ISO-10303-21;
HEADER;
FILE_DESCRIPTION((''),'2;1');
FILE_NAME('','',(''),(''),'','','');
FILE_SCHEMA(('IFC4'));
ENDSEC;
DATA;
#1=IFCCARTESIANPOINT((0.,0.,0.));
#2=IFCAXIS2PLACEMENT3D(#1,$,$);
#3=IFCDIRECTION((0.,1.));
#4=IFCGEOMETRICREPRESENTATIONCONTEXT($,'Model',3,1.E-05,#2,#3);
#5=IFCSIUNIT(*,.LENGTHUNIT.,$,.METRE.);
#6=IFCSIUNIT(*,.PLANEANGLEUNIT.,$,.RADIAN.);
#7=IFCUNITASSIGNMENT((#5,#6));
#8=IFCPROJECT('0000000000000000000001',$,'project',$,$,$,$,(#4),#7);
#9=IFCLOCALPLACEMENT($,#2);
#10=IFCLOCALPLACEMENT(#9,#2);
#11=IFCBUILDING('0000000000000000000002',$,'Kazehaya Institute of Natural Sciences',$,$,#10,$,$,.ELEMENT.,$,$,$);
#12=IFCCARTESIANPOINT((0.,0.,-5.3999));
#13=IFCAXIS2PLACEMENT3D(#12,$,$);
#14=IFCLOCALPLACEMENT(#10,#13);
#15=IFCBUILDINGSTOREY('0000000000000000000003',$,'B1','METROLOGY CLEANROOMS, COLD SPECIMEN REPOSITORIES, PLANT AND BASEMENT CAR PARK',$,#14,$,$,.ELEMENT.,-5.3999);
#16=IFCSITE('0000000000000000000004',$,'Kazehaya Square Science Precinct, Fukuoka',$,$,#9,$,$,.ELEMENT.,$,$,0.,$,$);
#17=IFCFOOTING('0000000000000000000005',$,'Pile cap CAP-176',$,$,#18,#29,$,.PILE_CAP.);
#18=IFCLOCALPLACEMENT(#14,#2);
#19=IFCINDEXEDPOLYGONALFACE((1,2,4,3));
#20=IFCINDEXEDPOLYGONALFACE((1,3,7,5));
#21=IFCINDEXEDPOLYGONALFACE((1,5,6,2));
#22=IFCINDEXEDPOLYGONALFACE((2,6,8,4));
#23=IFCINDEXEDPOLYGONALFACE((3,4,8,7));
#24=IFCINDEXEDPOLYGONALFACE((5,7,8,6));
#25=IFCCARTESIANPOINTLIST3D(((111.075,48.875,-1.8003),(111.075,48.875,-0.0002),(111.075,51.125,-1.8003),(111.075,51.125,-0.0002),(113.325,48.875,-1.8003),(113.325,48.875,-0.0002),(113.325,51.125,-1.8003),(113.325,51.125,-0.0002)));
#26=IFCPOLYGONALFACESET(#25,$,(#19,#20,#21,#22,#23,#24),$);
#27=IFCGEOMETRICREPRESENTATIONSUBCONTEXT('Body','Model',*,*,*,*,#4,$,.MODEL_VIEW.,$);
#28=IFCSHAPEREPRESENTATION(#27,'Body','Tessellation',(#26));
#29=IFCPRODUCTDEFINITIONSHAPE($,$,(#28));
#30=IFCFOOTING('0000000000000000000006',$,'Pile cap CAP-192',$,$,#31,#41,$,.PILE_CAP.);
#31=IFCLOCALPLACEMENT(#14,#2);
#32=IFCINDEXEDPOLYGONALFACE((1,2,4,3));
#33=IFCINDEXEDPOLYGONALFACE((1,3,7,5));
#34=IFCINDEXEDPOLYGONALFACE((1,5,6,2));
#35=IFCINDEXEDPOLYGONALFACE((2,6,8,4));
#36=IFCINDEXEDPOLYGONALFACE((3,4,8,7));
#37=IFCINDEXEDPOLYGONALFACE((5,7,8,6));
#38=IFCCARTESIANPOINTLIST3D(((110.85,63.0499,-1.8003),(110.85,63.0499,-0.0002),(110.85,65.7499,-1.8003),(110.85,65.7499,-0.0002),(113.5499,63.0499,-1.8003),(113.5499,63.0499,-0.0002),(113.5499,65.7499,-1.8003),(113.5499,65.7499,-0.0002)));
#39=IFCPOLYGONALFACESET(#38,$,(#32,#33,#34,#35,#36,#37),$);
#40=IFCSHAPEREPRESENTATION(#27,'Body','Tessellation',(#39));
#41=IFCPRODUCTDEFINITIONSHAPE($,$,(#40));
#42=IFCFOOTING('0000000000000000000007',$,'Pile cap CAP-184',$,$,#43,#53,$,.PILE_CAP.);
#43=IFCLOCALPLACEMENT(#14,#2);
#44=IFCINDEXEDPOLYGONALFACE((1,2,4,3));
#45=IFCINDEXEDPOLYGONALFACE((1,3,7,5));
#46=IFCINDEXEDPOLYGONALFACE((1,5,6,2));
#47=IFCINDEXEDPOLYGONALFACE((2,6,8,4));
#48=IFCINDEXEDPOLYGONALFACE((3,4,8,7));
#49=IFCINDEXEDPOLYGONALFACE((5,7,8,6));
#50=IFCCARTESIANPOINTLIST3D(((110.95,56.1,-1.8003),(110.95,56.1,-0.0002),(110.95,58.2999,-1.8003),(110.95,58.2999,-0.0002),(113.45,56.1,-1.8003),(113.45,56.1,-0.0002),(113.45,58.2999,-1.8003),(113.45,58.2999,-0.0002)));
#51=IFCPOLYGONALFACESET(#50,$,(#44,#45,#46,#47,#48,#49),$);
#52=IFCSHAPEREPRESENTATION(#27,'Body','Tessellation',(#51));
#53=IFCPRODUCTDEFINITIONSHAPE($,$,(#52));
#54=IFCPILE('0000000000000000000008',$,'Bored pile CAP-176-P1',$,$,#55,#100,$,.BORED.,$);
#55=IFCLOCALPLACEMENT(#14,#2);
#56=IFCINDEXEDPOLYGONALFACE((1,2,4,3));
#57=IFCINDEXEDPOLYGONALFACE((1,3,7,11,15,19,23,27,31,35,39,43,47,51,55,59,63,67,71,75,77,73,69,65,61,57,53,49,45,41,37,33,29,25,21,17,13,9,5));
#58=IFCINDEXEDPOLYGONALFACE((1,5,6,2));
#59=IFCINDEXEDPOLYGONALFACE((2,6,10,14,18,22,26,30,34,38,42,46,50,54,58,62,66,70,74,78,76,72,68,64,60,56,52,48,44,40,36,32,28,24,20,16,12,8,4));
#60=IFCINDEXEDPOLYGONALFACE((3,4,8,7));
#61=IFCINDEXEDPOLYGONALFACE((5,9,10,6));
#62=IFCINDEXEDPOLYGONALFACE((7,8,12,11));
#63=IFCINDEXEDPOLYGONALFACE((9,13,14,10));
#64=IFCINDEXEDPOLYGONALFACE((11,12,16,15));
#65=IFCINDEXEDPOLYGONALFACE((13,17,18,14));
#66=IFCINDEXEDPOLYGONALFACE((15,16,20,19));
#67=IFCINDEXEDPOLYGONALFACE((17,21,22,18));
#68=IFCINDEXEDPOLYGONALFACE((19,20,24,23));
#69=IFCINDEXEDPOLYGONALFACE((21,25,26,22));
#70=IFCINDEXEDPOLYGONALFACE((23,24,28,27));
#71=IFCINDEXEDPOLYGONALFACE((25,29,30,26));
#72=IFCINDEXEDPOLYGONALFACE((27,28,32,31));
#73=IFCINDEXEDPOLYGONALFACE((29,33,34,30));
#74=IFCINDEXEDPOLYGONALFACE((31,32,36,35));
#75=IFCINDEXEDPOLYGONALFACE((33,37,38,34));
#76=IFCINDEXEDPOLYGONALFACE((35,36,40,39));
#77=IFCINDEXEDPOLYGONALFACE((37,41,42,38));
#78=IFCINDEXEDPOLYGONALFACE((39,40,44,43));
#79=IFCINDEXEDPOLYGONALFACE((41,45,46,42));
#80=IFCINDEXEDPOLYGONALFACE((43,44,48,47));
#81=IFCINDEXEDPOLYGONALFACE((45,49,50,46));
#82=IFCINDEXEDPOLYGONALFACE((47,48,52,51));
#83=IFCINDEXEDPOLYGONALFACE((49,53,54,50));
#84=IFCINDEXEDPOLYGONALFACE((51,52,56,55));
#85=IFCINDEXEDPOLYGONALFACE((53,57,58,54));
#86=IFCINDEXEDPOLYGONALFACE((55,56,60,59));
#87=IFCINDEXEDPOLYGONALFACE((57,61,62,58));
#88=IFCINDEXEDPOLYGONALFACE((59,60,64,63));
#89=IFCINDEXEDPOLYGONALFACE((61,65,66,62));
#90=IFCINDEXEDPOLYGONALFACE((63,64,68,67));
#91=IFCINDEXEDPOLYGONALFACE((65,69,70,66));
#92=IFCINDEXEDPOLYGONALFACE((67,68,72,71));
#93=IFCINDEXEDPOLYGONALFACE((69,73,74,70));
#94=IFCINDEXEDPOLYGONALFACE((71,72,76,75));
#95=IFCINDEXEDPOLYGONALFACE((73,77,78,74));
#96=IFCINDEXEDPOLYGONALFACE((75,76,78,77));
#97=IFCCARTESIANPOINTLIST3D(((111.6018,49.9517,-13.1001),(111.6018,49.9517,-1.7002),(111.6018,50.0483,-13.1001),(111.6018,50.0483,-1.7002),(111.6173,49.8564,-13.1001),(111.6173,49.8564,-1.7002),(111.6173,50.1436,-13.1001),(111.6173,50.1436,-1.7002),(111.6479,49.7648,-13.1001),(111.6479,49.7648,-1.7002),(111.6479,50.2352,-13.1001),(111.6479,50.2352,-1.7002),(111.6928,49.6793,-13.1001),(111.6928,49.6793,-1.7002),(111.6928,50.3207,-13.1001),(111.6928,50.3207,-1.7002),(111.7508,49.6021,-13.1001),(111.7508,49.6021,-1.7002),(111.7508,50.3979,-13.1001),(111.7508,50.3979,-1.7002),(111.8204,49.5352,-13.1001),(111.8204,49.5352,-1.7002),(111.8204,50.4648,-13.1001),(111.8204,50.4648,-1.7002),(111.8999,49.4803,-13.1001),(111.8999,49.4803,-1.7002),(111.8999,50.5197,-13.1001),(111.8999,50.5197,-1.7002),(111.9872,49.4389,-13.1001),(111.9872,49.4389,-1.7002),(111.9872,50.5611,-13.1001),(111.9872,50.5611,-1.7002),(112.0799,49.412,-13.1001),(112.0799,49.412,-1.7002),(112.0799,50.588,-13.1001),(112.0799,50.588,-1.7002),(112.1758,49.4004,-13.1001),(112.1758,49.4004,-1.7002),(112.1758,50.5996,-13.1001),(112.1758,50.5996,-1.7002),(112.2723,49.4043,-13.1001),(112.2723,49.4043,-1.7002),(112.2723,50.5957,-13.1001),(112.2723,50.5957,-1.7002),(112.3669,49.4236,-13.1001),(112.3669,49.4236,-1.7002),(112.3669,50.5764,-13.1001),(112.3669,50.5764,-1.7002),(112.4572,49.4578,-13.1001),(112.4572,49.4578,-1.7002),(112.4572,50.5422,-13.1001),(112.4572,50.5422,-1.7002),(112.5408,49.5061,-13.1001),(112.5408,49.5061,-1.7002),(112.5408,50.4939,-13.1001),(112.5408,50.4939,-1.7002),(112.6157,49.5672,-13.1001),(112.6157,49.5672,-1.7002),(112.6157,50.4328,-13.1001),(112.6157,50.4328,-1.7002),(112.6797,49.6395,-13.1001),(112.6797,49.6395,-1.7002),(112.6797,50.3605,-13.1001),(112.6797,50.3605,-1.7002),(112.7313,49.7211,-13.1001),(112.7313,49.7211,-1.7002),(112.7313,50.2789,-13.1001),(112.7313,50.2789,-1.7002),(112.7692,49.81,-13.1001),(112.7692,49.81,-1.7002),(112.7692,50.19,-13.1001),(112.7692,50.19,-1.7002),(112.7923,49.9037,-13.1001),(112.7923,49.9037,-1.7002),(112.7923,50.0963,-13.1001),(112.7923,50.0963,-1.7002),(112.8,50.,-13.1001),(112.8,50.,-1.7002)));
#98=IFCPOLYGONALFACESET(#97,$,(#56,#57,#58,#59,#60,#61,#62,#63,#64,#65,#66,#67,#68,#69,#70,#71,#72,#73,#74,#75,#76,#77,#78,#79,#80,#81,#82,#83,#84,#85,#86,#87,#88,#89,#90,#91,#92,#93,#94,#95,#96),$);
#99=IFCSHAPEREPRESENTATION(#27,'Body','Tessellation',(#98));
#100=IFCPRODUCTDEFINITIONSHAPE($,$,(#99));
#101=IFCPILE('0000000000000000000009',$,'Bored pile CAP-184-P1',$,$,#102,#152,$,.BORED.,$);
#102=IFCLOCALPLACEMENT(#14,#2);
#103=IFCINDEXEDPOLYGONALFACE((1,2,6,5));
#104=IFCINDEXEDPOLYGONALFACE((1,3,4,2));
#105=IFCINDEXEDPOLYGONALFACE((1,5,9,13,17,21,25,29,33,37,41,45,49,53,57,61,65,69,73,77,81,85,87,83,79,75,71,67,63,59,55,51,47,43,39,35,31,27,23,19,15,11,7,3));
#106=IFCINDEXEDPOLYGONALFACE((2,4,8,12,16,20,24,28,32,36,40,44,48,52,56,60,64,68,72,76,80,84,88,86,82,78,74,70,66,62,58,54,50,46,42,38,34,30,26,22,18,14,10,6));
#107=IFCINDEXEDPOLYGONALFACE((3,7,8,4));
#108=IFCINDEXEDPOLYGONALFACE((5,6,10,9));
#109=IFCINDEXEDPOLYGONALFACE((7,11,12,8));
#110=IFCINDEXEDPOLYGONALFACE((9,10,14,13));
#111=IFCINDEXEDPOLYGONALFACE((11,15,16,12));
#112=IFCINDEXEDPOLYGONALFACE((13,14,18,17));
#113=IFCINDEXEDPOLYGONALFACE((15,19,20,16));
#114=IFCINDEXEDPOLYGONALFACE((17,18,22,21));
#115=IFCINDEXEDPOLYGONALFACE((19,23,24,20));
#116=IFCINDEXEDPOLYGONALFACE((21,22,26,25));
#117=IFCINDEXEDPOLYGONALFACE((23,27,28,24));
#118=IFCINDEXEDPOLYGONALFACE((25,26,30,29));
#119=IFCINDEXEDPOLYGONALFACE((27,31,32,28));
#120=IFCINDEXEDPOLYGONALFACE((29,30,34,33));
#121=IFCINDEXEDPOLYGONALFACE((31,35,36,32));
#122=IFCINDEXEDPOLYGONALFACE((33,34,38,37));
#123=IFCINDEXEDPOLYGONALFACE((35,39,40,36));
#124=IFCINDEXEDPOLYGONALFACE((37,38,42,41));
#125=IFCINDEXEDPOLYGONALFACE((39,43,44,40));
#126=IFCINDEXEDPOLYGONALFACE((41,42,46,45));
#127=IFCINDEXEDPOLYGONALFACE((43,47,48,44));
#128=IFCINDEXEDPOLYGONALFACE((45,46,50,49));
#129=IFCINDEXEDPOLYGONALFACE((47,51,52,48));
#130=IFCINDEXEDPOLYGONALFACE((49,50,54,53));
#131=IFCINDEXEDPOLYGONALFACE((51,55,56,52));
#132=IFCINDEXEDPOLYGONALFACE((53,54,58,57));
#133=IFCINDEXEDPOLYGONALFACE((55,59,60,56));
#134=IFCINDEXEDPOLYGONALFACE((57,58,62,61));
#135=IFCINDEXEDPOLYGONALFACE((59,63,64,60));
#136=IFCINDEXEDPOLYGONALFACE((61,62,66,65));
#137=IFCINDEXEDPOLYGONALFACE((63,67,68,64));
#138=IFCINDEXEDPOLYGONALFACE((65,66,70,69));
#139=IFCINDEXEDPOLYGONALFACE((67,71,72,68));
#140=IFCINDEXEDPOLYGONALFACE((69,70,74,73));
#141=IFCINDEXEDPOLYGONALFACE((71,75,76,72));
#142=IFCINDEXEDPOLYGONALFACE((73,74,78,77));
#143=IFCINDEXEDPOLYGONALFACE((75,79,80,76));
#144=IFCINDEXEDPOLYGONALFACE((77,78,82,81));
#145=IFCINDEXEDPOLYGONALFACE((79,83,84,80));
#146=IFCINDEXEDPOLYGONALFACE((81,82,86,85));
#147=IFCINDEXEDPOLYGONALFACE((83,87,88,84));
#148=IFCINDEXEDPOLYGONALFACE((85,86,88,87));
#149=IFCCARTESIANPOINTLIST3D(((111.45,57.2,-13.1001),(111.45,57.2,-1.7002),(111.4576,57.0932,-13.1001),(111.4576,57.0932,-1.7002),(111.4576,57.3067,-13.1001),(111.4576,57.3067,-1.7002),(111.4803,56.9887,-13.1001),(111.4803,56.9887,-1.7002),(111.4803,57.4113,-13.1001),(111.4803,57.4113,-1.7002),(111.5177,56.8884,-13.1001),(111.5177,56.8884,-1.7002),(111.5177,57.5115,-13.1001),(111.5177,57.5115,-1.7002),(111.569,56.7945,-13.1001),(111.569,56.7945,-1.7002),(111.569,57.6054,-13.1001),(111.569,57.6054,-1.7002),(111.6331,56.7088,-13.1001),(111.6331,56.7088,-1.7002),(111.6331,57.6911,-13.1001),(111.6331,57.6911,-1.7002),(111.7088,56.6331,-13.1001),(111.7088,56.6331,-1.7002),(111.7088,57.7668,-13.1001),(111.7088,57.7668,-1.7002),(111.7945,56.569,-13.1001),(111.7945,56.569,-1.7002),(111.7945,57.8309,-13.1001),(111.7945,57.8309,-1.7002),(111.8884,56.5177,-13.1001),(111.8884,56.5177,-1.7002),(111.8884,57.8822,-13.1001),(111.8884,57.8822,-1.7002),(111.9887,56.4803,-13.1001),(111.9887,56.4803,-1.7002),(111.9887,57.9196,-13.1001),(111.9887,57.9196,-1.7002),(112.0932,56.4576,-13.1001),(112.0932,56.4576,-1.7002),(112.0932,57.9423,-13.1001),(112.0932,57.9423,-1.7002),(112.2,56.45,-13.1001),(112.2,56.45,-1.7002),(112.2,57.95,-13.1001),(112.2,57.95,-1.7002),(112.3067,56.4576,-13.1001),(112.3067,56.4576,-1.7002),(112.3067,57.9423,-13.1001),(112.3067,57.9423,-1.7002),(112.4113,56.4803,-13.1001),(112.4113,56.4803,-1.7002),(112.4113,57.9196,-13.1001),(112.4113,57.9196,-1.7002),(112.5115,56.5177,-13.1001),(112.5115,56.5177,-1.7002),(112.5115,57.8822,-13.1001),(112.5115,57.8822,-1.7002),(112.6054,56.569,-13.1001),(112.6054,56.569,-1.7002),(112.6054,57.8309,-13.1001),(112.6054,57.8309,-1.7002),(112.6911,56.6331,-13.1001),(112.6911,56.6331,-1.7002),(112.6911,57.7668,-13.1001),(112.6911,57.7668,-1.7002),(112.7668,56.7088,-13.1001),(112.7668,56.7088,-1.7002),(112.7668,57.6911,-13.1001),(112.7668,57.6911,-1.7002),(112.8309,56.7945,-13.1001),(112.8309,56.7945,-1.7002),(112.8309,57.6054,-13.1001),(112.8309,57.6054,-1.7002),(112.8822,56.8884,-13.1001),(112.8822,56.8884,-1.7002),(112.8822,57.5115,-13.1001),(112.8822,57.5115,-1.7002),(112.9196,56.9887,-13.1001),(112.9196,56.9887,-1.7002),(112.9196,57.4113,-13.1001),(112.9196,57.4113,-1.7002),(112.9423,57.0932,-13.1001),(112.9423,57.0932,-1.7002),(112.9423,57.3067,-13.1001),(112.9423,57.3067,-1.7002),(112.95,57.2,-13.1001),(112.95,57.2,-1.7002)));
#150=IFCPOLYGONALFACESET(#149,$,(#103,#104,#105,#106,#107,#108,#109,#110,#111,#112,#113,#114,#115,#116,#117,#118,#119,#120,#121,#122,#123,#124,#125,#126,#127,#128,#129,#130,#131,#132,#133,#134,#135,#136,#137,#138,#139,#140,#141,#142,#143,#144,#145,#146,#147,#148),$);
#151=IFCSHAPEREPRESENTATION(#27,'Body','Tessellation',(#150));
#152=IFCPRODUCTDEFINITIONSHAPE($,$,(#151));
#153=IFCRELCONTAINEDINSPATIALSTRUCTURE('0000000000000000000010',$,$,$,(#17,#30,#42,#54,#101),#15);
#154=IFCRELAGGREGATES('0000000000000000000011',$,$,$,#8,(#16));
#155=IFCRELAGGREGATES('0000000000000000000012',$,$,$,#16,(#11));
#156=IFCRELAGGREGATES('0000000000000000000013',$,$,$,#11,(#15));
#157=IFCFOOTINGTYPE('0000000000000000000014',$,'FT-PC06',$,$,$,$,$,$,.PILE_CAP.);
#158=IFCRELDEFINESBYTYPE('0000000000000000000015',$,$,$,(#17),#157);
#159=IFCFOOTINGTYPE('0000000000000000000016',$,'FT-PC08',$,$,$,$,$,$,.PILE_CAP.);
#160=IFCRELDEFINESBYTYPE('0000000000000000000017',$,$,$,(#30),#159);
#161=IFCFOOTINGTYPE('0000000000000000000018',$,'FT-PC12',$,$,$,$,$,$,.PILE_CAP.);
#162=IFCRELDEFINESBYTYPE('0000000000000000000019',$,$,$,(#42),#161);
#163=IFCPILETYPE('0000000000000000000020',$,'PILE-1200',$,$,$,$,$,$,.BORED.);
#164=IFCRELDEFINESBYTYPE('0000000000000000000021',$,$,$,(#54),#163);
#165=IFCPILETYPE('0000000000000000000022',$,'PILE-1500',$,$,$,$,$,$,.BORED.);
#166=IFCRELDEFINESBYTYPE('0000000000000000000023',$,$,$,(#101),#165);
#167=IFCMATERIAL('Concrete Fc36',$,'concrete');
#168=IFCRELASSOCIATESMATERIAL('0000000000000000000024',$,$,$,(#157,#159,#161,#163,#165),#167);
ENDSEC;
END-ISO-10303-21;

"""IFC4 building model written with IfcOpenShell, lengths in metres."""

from ifc_helpers import new_model, si_unit, direction, frame, origin, origin_2d, place, context, subcontext, project, spatial, rectangle, circle, extrude, material, material_profile, profile_set, type_object, element, save


model = new_model("IFC4")

# Units and contexts
model_context = context("Model", 3, precision=1e-05, world=origin(), true_north=direction((0.0, 1.0)))
body_context = subcontext(model_context, "Body", "Model", "MODEL_VIEW")
ifc_project = project(units=[si_unit("LENGTHUNIT", "METRE"), si_unit("PLANEANGLEUNIT", "RADIAN")], contexts=[model_context])

# Site, building, storey
site_placement = place(None, origin())
site = spatial("IfcSite", under=ifc_project, at=site_placement, Name="Kazehaya Square Science Precinct, Fukuoka", CompositionType="ELEMENT", RefElevation=0.0)
building_placement = place(site_placement, origin())
building = spatial("IfcBuilding", under=site, at=building_placement, Name="Kazehaya Institute of Natural Sciences", CompositionType="ELEMENT")
storey_placement = place(building_placement, frame((0.0, 0.0, -5.3999)))
storey = spatial("IfcBuildingStorey", under=building, at=storey_placement, Name="B1", Description="METROLOGY CLEANROOMS, COLD SPECIMEN REPOSITORIES, PLANT AND BASEMENT CAR PARK", CompositionType="ELEMENT", Elevation=-5.3999)

# Footings
ifc_material_1 = material(Name="Concrete Fc36", Category="concrete")
footing_type_1 = type_object("IfcFootingType", Name="FT-PC06", PredefinedType="PILE_CAP", material=ifc_material_1)
footing_1_placement = place(storey_placement, frame((112.2, 50.0, -1.8003), z_axis=(0.0, 0.0, 1.0), x_axis=(1.0, 0.0, 0.0)))
element("IfcFooting", 1, at=footing_1_placement, inside=storey, type_object=footing_type_1, Name="Pile cap CAP-176", PredefinedType="PILE_CAP", context=body_context, shape_type="SweptSolid", body=[
    extrude(rectangle(XDim=2.25, YDim=2.25, at=origin_2d()), origin(), (0.0, 0.0, 1.0), 1.8),
])
footing_type_2 = type_object("IfcFootingType", Name="FT-PC08", PredefinedType="PILE_CAP", material=ifc_material_1)
footing_2_placement = place(storey_placement, frame((112.2, 64.3999, -1.8003), z_axis=(0.0, 0.0, 1.0), x_axis=(1.0, 0.0, 0.0)))
element("IfcFooting", 2, at=footing_2_placement, inside=storey, type_object=footing_type_2, Name="Pile cap CAP-192", PredefinedType="PILE_CAP", context=body_context, shape_type="SweptSolid", body=[
    extrude(rectangle(XDim=2.7, YDim=2.7, at=origin_2d()), origin(), (0.0, 0.0, 1.0), 1.8),
])
footing_type_3 = type_object("IfcFootingType", Name="FT-PC12", PredefinedType="PILE_CAP", material=ifc_material_1)
footing_3_placement = place(storey_placement, frame((112.2, 57.2, -1.8003), z_axis=(0.0, 0.0, 1.0), x_axis=(1.0, 0.0, 0.0)))
element("IfcFooting", 3, at=footing_3_placement, inside=storey, type_object=footing_type_3, Name="Pile cap CAP-184", PredefinedType="PILE_CAP", context=body_context, shape_type="SweptSolid", body=[
    extrude(rectangle(XDim=2.5, YDim=2.2, at=origin_2d()), origin(), (0.0, 0.0, 1.0), 1.8),
])

# Piles
ifc_material_profile_1 = material_profile(ifc_material_1, circle(Radius=0.6001, at=origin_2d()), Name="PILE-1200")
ifc_profile_set_1 = profile_set([ifc_material_profile_1], Name="Concrete Fc36")
pile_type_1 = type_object("IfcPileType", Name="PILE-1200", PredefinedType="BORED", material=ifc_profile_set_1)
pile_1_placement = place(storey_placement, frame((112.2, 50.0, -1.7002), z_axis=(0.0, 0.0, -1.0), x_axis=(1.0, 0.0, 0.0)))
element("IfcPile", 4, at=pile_1_placement, inside=storey, type_object=pile_type_1, Name="Bored pile CAP-176-P1", PredefinedType="BORED", context=body_context, shape_type="SweptSolid", body=[
    extrude(circle(Radius=0.6001, at=origin_2d()), origin(), (0.0, 0.0, 1.0), 11.3999),
])
ifc_material_profile_2 = material_profile(ifc_material_1, circle(Radius=0.75, at=origin_2d()), Name="PILE-1500")
ifc_profile_set_2 = profile_set([ifc_material_profile_2], Name="Concrete Fc36")
pile_type_2 = type_object("IfcPileType", Name="PILE-1500", PredefinedType="BORED", material=ifc_profile_set_2)
pile_2_placement = place(storey_placement, frame((112.2, 57.2, -1.7002), z_axis=(0.0, 0.0, -1.0), x_axis=(1.0, 0.0, 0.0)))
element("IfcPile", 5, at=pile_2_placement, inside=storey, type_object=pile_type_2, Name="Bored pile CAP-184-P1", PredefinedType="BORED", context=body_context, shape_type="SweptSolid", body=[
    extrude(circle(Radius=0.75, at=origin_2d()), origin(), (0.0, 0.0, 1.0), 11.3999),
])

save(model, "model.ifc")
